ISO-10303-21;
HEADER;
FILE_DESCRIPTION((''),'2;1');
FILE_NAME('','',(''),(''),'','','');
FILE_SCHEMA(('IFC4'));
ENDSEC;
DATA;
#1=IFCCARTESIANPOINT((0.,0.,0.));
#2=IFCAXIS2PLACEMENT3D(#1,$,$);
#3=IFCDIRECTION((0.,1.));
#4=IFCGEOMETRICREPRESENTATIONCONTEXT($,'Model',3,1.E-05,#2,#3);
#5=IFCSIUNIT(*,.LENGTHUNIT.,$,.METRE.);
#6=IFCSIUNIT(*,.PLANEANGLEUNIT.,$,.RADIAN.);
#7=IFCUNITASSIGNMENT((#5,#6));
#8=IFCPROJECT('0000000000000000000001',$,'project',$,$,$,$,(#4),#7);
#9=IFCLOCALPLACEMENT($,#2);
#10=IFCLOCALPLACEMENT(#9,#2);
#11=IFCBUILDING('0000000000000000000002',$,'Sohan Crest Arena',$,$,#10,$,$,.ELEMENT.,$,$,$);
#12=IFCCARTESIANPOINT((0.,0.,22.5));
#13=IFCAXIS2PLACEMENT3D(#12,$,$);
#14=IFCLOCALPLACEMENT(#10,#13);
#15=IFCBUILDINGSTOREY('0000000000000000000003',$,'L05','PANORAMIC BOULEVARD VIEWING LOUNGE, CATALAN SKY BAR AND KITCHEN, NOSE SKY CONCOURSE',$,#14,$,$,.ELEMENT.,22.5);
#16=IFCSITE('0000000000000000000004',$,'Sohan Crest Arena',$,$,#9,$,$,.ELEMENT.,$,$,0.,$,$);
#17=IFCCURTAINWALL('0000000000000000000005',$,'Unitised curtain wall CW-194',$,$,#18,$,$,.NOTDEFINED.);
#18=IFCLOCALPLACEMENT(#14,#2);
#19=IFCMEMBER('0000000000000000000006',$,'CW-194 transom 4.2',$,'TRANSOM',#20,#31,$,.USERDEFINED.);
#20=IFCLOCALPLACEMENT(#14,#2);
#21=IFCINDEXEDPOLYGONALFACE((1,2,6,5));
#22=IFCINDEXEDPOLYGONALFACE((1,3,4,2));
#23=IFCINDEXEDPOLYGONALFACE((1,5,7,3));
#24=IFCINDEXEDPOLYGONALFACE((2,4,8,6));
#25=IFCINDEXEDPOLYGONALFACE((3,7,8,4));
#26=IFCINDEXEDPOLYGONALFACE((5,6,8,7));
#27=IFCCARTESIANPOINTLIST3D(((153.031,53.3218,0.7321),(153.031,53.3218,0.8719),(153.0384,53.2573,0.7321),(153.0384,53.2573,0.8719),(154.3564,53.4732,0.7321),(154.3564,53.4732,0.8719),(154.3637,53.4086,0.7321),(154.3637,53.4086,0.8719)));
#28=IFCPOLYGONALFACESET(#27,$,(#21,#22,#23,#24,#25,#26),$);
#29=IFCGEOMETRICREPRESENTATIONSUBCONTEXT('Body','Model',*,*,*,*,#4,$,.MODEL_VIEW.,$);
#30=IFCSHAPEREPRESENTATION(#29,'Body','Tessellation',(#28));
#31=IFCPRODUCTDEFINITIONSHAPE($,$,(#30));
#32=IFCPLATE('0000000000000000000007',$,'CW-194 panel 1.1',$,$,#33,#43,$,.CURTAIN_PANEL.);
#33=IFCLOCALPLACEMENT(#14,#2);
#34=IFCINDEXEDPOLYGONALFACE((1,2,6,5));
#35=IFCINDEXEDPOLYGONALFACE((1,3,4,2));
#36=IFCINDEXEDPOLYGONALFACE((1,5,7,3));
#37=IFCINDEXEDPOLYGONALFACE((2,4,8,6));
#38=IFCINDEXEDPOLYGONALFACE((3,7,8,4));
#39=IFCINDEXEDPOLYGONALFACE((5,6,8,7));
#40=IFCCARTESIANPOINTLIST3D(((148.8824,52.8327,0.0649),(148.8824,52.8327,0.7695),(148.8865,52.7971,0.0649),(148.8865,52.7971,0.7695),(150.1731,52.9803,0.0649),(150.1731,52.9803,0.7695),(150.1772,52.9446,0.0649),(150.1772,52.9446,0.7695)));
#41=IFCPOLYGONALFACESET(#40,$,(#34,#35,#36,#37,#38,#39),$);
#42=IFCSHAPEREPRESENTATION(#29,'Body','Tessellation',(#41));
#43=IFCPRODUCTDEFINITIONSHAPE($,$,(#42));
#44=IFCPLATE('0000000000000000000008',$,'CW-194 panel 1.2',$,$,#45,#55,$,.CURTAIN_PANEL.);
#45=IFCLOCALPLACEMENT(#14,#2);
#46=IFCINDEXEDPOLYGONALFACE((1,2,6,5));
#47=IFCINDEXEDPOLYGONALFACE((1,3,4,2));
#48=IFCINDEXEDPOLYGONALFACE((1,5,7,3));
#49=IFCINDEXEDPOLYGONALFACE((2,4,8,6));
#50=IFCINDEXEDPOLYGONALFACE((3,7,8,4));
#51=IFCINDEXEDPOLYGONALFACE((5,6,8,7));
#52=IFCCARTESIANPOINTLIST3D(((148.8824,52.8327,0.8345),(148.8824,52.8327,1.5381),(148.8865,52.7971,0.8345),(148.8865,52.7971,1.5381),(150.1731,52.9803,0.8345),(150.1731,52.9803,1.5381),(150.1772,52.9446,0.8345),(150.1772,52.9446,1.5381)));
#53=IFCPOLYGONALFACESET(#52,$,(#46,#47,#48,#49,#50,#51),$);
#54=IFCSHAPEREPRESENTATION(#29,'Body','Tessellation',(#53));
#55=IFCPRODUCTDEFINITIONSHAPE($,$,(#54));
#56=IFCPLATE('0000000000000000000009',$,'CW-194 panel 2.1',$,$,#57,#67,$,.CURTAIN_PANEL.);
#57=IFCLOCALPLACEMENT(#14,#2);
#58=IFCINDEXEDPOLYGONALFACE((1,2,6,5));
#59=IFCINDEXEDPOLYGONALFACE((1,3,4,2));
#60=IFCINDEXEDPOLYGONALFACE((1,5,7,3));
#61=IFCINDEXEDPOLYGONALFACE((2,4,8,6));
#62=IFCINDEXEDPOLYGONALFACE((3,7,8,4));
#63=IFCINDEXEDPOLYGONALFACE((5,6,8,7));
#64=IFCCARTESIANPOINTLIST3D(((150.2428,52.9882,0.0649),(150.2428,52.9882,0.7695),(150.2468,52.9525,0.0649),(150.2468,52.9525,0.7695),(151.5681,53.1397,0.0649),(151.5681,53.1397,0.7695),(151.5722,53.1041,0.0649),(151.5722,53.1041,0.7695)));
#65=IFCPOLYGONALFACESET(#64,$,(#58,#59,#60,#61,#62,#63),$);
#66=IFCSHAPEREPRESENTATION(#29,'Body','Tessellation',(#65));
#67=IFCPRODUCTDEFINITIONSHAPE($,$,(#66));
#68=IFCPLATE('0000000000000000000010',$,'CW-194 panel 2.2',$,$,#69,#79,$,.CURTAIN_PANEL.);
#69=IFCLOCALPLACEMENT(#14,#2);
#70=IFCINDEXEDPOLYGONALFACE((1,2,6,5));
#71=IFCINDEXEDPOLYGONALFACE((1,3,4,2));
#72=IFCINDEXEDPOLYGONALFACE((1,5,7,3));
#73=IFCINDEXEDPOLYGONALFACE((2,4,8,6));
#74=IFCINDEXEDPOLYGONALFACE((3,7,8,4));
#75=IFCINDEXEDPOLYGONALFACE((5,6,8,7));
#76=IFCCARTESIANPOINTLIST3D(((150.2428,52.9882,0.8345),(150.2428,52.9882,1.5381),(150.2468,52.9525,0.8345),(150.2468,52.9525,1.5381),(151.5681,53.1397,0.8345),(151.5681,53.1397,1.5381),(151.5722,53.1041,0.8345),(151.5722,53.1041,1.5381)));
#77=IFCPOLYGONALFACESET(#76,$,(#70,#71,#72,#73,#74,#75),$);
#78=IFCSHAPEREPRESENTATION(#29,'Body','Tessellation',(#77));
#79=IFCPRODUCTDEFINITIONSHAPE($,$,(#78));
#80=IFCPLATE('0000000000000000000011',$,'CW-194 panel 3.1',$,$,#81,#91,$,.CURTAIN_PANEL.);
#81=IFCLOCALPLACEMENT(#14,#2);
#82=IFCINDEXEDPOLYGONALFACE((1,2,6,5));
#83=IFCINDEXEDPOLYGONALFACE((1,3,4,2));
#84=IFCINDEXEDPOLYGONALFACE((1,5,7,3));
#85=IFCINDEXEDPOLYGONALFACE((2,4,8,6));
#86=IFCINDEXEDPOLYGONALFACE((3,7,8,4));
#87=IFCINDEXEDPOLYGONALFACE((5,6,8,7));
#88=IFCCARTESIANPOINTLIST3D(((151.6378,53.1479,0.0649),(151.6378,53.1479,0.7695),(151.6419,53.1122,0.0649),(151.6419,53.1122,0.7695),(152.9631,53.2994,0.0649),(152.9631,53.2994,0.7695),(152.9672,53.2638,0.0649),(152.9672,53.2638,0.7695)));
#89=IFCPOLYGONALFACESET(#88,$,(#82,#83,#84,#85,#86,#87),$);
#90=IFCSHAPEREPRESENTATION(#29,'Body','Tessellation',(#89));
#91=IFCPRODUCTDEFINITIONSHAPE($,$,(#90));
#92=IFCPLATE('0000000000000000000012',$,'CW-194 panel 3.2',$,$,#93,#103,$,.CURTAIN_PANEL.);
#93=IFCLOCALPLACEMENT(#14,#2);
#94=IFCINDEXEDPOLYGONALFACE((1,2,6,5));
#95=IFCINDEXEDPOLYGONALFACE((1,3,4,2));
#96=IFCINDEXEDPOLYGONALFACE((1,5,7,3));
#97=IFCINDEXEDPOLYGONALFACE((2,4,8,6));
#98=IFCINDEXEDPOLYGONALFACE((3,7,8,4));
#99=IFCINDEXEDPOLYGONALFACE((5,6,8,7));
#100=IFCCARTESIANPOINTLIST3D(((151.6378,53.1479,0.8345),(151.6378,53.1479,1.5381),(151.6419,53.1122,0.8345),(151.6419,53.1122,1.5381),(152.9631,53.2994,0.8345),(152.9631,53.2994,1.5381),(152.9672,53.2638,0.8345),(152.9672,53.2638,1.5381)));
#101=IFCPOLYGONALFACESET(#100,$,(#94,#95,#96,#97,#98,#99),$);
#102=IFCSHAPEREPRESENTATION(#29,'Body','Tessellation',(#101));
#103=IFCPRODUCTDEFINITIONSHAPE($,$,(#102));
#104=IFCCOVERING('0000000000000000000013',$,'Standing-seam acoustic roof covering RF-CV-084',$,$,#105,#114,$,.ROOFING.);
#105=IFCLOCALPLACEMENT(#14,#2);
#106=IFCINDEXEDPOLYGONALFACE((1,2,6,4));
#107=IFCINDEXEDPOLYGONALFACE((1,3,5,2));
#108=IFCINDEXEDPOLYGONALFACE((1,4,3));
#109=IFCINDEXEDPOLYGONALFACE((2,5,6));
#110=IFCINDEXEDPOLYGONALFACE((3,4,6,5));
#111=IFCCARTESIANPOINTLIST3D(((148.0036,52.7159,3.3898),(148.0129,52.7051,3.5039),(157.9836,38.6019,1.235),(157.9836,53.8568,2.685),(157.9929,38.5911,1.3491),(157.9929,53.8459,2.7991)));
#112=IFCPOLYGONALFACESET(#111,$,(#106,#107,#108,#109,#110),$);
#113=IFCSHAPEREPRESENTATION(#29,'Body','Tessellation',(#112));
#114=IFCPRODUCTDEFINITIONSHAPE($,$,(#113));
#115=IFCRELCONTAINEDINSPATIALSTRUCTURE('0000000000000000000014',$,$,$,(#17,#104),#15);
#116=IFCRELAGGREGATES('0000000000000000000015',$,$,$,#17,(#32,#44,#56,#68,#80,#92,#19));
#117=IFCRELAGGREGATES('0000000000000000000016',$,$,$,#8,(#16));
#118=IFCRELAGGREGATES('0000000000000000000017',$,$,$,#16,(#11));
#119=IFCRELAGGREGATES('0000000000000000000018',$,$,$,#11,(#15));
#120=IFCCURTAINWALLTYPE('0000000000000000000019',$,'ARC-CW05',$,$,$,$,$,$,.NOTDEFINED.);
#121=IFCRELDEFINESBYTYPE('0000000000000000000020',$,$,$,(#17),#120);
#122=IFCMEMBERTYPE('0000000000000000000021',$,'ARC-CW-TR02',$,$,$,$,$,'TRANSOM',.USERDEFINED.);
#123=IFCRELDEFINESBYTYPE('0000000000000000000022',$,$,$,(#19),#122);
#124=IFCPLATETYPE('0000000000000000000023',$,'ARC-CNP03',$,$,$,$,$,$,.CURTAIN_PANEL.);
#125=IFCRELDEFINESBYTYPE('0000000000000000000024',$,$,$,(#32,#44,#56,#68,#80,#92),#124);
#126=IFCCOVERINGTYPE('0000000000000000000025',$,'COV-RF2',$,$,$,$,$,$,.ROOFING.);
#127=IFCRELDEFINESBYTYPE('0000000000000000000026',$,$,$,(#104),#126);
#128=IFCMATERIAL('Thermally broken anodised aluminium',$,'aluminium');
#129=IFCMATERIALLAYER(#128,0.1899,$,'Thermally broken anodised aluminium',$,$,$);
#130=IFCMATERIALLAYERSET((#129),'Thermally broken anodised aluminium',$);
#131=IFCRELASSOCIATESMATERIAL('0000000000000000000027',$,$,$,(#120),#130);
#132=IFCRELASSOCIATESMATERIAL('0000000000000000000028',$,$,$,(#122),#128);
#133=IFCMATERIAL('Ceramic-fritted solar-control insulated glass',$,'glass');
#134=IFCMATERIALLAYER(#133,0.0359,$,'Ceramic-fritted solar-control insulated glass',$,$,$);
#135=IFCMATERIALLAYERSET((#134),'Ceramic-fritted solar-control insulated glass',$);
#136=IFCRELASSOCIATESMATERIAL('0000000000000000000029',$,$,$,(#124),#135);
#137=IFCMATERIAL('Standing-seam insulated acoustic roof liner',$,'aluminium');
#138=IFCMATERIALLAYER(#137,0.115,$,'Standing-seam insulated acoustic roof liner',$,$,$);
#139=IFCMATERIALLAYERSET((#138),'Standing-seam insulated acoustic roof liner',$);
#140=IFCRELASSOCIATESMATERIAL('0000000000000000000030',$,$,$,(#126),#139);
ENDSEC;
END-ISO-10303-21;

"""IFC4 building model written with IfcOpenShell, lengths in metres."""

from ifc_helpers import new_model, si_unit, direction, frame, origin, origin_2d, place, context, subcontext, project, spatial, polyline, rectangle, outline, extrude, material, layer, layer_set, material_profile, profile_set, type_object, element, aggregate, save


model = new_model("IFC4")

# Units and contexts
model_context = context("Model", 3, precision=1e-05, world=origin(), true_north=direction((0.0, 1.0)))
body_context = subcontext(model_context, "Body", "Model", "MODEL_VIEW")
ifc_project = project(units=[si_unit("LENGTHUNIT", "METRE"), si_unit("PLANEANGLEUNIT", "RADIAN")], contexts=[model_context])

# Site, building, storey
site_placement = place(None, origin())
site = spatial("IfcSite", under=ifc_project, at=site_placement, Name="Sohan Crest Arena", CompositionType="ELEMENT", RefElevation=0.0)
building_placement = place(site_placement, origin())
building = spatial("IfcBuilding", under=site, at=building_placement, Name="Sohan Crest Arena", CompositionType="ELEMENT")
storey_placement = place(building_placement, frame((0.0, 0.0, 22.5)))
storey = spatial("IfcBuildingStorey", under=building, at=storey_placement, Name="L05", Description="PANORAMIC BOULEVARD VIEWING LOUNGE, CATALAN SKY BAR AND KITCHEN, NOSE SKY CONCOURSE", CompositionType="ELEMENT", Elevation=22.5)

# Curtain wall, member, plates
ifc_material_1 = material(Name="Thermally broken anodised aluminium", Category="aluminium")
ifc_layer_1 = layer(ifc_material_1, 0.1899, Name="Thermally broken anodised aluminium")
ifc_layer_set_1 = layer_set([ifc_layer_1], Name="Thermally broken anodised aluminium")
curtain_wall_type = type_object("IfcCurtainWallType", Name="ARC-CW05", PredefinedType="NOTDEFINED", material=ifc_layer_set_1)
curtain_wall_placement = place(storey_placement, origin())
curtain_wall = element("IfcCurtainWall", 1, at=curtain_wall_placement, inside=storey, type_object=curtain_wall_type, Name="Unitised curtain wall CW-194", PredefinedType="NOTDEFINED")
ifc_material_profile_1 = material_profile(ifc_material_1, rectangle(XDim=0.0649, YDim=0.1399, at=origin_2d()), Name="ALU-TRAN 65x140")
ifc_profile_set_1 = profile_set([ifc_material_profile_1], Name="Thermally broken anodised aluminium")
member_type_1 = type_object("IfcMemberType", Name="ARC-CW-TR02", ElementType="TRANSOM", PredefinedType="USERDEFINED", material=ifc_profile_set_1)
member_1_placement = place(storey_placement, frame((153.0347, 53.2896, 0.802), z_axis=(0.993542, 0.113464, 0.0), x_axis=(-0.113464, 0.993542, 0.0)))
member_1 = element("IfcMember", 2, at=member_1_placement, type_object=member_type_1, Name="CW-194 transom 4.2", ObjectType="TRANSOM", PredefinedType="USERDEFINED", context=body_context, shape_type="SweptSolid", body=[
    extrude(rectangle(XDim=0.0649, YDim=0.1399, at=origin_2d()), origin(), (0.0, 0.0, 1.0), 1.334),
])
ifc_material_2 = material(Name="Ceramic-fritted solar-control insulated glass", Category="glass")
ifc_layer_2 = layer(ifc_material_2, 0.0359, Name="Ceramic-fritted solar-control insulated glass")
ifc_layer_set_2 = layer_set([ifc_layer_2], Name="Ceramic-fritted solar-control insulated glass")
plate_type = type_object("IfcPlateType", Name="ARC-CNP03", PredefinedType="CURTAIN_PANEL", material=ifc_layer_set_2)
plate_1_placement = place(storey_placement, frame((149.5298, 52.8887, 0.0649), z_axis=(0.0, 0.0, 1.0), x_axis=(0.993527, 0.113597, 0.0)))
plate_1 = element("IfcPlate", 3, at=plate_1_placement, type_object=plate_type, Name="CW-194 panel 1.1", PredefinedType="CURTAIN_PANEL", context=body_context, shape_type="SweptSolid", body=[
    extrude(rectangle(XDim=1.2991, YDim=0.0359, at=origin_2d()), origin(), (0.0, 0.0, 1.0), 0.7046),
])
plate_2_placement = place(storey_placement, frame((149.5298, 52.8887, 0.8345), z_axis=(0.0, 0.0, 1.0), x_axis=(0.993527, 0.113597, 0.0)))
plate_2 = element("IfcPlate", 4, at=plate_2_placement, type_object=plate_type, Name="CW-194 panel 1.2", PredefinedType="CURTAIN_PANEL", context=body_context, shape_type="SweptSolid", body=[
    extrude(rectangle(XDim=1.2991, YDim=0.0359, at=origin_2d()), origin(), (0.0, 0.0, 1.0), 0.7036),
])
plate_3_placement = place(storey_placement, frame((150.9075, 53.0461, 0.0649), z_axis=(0.0, 0.0, 1.0), x_axis=(0.993527, 0.113597, 0.0)))
plate_3 = element("IfcPlate", 5, at=plate_3_placement, type_object=plate_type, Name="CW-194 panel 2.1", PredefinedType="CURTAIN_PANEL", context=body_context, shape_type="SweptSolid", body=[
    extrude(rectangle(XDim=1.334, YDim=0.0359, at=origin_2d()), origin(), (0.0, 0.0, 1.0), 0.7046),
])
plate_4_placement = place(storey_placement, frame((150.9075, 53.0461, 0.8345), z_axis=(0.0, 0.0, 1.0), x_axis=(0.993527, 0.113597, 0.0)))
plate_4 = element("IfcPlate", 6, at=plate_4_placement, type_object=plate_type, Name="CW-194 panel 2.2", PredefinedType="CURTAIN_PANEL", context=body_context, shape_type="SweptSolid", body=[
    extrude(rectangle(XDim=1.334, YDim=0.0359, at=origin_2d()), origin(), (0.0, 0.0, 1.0), 0.7036),
])
plate_5_placement = place(storey_placement, frame((152.3025, 53.2058, 0.0649), z_axis=(0.0, 0.0, 1.0), x_axis=(0.993527, 0.113597, 0.0)))
plate_5 = element("IfcPlate", 7, at=plate_5_placement, type_object=plate_type, Name="CW-194 panel 3.1", PredefinedType="CURTAIN_PANEL", context=body_context, shape_type="SweptSolid", body=[
    extrude(rectangle(XDim=1.334, YDim=0.0359, at=origin_2d()), origin(), (0.0, 0.0, 1.0), 0.7046),
])
plate_6_placement = place(storey_placement, frame((152.3025, 53.2058, 0.8345), z_axis=(0.0, 0.0, 1.0), x_axis=(0.993527, 0.113597, 0.0)))
plate_6 = element("IfcPlate", 8, at=plate_6_placement, type_object=plate_type, Name="CW-194 panel 3.2", PredefinedType="CURTAIN_PANEL", context=body_context, shape_type="SweptSolid", body=[
    extrude(rectangle(XDim=1.334, YDim=0.0359, at=origin_2d()), origin(), (0.0, 0.0, 1.0), 0.7036),
])
aggregate(curtain_wall, [plate_1, plate_2, plate_3, plate_4, plate_5, plate_6, member_1])

# Covering
ifc_material_3 = material(Name="Standing-seam insulated acoustic roof liner", Category="aluminium")
ifc_layer_3 = layer(ifc_material_3, 0.115, Name="Standing-seam insulated acoustic roof liner")
ifc_layer_set_3 = layer_set([ifc_layer_3], Name="Standing-seam insulated acoustic roof liner")
covering_type = type_object("IfcCoveringType", Name="COV-RF2", PredefinedType="ROOFING", material=ifc_layer_set_3)
covering_placement = place(storey_placement, frame((148.0129, 52.7051, 3.5039), z_axis=(0.080859, -0.094312, 0.992254), x_axis=(0.572911, -0.810229, -0.123698)))
element("IfcCovering", 9, at=covering_placement, inside=storey, type_object=covering_type, Name="Standing-seam acoustic roof covering RF-CV-084", PredefinedType="ROOFING", context=body_context, shape_type="SweptSolid", body=[
    extrude(outline(polyline([(0.0, 0.0), (17.4198, 0.0), (4.8805, 8.8079), (0.0, 0.0)])), origin(), (0.0, 0.0, -1.0), 0.115),
])

save(model, "model.ifc")
